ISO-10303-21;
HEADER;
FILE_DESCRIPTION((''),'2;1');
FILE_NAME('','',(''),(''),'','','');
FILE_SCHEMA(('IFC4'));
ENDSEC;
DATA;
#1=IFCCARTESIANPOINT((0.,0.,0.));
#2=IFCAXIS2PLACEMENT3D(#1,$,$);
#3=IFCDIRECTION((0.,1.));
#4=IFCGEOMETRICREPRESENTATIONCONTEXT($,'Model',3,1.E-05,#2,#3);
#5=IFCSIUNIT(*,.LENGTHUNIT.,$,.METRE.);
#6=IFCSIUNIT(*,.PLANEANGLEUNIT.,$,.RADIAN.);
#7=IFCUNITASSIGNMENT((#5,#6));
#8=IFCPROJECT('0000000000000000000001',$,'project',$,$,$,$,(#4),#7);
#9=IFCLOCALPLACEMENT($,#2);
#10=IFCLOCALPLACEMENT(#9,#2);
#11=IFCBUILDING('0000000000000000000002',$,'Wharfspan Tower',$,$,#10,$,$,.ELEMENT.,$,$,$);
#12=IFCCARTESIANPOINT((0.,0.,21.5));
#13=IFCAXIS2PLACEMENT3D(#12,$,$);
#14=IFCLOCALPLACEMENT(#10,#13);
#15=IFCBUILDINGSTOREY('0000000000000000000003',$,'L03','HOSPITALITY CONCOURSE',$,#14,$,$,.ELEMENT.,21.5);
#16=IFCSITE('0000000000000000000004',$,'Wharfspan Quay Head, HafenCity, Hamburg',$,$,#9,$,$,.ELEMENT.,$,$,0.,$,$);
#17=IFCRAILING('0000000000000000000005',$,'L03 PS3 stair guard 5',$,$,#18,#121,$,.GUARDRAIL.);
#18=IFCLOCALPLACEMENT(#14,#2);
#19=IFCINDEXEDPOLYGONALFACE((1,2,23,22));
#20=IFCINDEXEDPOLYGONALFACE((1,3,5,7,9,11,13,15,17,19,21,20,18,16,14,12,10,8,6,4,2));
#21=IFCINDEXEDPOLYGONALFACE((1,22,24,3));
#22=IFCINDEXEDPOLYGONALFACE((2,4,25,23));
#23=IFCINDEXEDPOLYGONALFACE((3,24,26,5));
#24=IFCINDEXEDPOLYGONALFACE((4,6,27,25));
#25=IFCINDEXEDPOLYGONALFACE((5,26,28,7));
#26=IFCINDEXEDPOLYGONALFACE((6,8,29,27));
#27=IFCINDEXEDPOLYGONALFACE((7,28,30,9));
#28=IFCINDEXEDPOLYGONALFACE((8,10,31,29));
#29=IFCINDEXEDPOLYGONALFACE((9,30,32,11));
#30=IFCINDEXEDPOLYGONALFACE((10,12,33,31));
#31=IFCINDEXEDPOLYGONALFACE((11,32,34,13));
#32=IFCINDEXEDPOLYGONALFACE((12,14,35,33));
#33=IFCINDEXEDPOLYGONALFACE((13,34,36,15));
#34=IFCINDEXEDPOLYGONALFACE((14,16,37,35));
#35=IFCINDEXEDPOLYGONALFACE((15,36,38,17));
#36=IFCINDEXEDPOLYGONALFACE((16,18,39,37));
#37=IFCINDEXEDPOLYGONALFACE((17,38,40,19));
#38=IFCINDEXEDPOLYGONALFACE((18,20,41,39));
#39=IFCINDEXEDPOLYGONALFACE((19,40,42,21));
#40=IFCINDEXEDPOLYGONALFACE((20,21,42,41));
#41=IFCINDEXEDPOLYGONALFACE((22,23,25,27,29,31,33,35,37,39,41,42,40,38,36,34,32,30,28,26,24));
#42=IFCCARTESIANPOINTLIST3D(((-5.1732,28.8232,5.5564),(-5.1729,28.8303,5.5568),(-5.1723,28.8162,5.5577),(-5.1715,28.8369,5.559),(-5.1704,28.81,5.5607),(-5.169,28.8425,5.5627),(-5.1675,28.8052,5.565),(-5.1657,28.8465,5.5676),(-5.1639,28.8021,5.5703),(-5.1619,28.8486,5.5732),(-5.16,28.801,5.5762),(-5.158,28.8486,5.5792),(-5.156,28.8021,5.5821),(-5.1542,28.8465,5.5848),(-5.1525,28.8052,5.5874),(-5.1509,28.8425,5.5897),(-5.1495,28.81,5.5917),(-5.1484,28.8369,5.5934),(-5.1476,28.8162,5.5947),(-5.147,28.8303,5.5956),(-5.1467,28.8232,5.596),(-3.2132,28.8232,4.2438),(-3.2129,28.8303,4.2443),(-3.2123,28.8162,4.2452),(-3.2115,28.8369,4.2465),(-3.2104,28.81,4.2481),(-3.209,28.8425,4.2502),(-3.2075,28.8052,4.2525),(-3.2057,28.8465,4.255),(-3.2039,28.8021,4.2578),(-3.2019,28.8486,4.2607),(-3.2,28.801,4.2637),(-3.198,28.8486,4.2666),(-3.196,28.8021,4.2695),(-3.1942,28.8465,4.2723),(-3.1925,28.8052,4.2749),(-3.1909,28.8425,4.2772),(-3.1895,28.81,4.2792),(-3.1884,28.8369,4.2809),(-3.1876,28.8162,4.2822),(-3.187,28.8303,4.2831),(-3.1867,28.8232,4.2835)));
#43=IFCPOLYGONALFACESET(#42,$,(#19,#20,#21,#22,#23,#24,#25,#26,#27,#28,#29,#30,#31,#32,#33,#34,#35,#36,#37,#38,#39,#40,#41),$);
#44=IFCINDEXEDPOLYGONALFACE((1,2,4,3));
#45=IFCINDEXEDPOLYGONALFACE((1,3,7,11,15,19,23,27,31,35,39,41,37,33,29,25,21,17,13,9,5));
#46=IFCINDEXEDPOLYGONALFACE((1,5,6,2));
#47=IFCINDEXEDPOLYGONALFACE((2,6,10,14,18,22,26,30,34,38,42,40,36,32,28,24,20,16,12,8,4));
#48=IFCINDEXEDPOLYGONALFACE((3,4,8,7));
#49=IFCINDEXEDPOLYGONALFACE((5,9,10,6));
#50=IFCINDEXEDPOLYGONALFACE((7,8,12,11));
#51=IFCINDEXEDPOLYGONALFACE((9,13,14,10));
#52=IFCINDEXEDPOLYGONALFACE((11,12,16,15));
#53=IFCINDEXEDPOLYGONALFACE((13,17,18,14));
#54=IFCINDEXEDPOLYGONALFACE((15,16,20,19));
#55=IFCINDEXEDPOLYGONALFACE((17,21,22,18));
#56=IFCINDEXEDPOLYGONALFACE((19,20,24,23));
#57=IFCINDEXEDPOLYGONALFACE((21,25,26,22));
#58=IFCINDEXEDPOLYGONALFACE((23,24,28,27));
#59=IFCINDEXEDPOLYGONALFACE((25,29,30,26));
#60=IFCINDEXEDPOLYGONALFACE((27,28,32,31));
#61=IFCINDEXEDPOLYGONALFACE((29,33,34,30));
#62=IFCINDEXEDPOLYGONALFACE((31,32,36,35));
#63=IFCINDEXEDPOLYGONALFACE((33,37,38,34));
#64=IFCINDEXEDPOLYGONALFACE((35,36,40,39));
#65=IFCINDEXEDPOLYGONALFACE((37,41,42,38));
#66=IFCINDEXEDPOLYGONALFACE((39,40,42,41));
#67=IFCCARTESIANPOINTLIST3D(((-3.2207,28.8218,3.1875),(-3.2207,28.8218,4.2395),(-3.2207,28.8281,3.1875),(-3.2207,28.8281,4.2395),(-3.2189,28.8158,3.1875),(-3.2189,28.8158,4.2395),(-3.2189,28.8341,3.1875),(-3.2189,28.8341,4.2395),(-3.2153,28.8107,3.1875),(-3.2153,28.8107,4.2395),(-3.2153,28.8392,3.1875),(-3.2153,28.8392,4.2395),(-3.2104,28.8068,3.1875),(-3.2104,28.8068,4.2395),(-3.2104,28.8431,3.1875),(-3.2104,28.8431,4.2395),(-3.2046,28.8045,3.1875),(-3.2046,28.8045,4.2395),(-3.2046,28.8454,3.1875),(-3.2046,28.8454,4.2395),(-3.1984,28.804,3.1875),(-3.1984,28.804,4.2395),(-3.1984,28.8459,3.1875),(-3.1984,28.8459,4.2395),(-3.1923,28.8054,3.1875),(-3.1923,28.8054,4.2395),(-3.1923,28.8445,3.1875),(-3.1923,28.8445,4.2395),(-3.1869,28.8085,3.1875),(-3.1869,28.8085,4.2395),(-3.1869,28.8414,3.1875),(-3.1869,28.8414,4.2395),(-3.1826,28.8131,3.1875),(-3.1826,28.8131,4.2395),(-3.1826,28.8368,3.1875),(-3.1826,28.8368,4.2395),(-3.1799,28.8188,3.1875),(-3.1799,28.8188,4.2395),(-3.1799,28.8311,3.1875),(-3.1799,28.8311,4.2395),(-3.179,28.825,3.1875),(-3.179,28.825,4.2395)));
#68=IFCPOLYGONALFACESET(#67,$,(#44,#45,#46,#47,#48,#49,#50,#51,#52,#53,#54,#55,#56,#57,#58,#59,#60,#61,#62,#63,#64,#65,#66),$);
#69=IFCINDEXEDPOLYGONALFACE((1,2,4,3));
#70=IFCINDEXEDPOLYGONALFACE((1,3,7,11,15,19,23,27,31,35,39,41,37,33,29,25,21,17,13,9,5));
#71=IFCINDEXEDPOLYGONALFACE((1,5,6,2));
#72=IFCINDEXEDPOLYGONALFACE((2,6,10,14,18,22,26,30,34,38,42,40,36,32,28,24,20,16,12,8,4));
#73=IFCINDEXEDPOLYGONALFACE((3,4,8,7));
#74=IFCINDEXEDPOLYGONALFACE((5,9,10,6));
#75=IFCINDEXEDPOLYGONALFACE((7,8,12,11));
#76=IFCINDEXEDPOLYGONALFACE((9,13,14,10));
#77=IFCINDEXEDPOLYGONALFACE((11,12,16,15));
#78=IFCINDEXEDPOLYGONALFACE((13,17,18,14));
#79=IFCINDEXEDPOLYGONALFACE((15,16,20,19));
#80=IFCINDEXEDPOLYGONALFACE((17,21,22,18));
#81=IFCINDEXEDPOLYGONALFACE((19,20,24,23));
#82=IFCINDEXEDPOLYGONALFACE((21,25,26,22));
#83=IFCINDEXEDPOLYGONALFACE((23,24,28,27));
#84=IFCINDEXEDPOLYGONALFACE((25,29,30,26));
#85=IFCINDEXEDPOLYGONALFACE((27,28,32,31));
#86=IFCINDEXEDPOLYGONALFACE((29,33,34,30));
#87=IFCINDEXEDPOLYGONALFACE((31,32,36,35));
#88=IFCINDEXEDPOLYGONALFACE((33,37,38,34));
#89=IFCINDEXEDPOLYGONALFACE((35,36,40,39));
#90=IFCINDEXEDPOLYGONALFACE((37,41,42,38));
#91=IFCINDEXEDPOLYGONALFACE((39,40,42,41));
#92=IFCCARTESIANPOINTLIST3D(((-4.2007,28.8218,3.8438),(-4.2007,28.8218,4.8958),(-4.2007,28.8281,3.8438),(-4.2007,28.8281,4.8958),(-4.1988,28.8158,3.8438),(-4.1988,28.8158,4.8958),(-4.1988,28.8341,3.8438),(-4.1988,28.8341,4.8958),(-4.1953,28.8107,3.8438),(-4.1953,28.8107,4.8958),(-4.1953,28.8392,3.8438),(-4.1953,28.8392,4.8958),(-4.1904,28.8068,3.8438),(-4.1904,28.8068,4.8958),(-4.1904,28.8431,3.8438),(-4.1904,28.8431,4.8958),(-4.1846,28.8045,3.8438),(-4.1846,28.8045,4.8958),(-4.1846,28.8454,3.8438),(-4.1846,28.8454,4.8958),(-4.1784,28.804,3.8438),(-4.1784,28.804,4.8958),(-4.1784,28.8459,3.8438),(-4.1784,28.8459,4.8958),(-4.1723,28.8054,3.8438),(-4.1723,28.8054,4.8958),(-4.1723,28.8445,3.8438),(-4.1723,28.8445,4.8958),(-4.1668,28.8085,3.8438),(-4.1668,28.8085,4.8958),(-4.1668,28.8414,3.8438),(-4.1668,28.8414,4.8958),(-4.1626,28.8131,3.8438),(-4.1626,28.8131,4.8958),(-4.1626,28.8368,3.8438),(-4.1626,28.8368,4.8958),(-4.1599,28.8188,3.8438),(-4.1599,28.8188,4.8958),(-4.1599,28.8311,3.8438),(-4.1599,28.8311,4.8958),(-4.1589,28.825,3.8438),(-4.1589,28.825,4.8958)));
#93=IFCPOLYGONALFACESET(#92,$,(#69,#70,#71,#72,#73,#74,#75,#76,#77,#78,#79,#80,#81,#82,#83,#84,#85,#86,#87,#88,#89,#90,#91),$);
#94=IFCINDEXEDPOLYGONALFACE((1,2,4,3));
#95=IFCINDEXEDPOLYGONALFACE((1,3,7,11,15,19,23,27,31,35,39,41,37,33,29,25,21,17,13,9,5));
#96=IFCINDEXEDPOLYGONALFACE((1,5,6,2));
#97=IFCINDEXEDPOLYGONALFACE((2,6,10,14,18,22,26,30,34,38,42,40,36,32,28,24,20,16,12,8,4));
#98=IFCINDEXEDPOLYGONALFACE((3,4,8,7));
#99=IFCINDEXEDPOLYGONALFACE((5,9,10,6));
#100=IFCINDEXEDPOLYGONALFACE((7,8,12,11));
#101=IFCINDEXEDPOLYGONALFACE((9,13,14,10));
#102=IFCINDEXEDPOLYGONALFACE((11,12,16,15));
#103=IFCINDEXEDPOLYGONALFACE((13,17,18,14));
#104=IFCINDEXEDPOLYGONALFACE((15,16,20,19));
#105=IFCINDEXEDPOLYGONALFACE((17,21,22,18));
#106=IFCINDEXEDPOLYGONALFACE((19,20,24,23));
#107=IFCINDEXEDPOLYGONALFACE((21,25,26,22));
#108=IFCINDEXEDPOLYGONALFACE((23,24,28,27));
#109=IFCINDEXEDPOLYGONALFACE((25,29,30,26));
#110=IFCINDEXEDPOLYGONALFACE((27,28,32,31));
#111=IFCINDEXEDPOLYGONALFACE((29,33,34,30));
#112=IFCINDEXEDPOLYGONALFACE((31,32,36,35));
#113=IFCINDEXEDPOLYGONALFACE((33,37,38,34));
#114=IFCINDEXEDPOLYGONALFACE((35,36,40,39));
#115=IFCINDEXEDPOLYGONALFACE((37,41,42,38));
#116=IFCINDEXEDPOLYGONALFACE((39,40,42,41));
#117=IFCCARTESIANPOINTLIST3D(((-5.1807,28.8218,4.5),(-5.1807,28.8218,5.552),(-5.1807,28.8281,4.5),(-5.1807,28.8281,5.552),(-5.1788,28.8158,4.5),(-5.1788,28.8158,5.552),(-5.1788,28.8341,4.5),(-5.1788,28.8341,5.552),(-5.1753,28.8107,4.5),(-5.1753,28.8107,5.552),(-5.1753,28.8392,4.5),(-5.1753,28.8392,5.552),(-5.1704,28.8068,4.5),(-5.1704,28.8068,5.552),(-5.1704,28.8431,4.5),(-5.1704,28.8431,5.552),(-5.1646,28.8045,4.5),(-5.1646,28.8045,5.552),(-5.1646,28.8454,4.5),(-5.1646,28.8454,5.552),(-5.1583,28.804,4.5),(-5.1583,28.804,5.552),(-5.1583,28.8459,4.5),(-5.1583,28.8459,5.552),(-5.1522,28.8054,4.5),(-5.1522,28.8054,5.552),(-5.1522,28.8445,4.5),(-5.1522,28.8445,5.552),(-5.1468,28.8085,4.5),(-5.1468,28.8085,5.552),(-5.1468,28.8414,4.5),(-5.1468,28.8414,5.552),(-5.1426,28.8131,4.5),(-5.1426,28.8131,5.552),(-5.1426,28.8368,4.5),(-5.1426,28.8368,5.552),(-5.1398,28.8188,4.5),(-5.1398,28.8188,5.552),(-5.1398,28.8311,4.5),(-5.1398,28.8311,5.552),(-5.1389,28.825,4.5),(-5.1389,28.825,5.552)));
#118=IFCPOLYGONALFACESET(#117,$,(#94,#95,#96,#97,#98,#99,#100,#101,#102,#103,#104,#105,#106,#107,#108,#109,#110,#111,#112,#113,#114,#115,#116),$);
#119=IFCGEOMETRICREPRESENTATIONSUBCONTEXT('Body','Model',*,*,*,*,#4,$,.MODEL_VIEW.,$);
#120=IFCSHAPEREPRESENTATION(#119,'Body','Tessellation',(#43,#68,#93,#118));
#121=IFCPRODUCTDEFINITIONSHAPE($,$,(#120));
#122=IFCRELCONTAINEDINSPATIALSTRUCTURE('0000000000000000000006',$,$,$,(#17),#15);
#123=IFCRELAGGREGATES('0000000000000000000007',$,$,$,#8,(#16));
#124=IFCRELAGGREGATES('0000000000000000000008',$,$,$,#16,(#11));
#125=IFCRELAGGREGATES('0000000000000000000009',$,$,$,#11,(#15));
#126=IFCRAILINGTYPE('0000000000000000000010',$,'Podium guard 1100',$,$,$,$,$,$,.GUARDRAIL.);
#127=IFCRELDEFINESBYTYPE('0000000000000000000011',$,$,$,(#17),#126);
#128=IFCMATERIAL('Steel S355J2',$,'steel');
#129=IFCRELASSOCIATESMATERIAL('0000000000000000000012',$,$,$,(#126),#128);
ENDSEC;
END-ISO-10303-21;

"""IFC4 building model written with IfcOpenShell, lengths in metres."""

from ifc_helpers import new_model, si_unit, direction, frame, origin, origin_2d, place, context, subcontext, project, spatial, circle, extrude, material, type_object, element, save


model = new_model("IFC4")

# Units and contexts
model_context = context("Model", 3, precision=1e-05, world=origin(), true_north=direction((0.0, 1.0)))
body_context = subcontext(model_context, "Body", "Model", "MODEL_VIEW")
ifc_project = project(units=[si_unit("LENGTHUNIT", "METRE"), si_unit("PLANEANGLEUNIT", "RADIAN")], contexts=[model_context])

# Site, building, storey
site_placement = place(None, origin())
site = spatial("IfcSite", under=ifc_project, at=site_placement, Name="Wharfspan Quay Head, HafenCity, Hamburg", CompositionType="ELEMENT", RefElevation=0.0)
building_placement = place(site_placement, origin())
building = spatial("IfcBuilding", under=site, at=building_placement, Name="Wharfspan Tower", CompositionType="ELEMENT")
storey_placement = place(building_placement, frame((0.0, 0.0, 21.5)))
storey = spatial("IfcBuildingStorey", under=building, at=storey_placement, Name="L03", Description="HOSPITALITY CONCOURSE", CompositionType="ELEMENT", Elevation=21.5)

# Railing
ifc_material_1 = material(Name="Steel S355J2", Category="steel")
railing_type_1 = type_object("IfcRailingType", Name="Podium guard 1100", PredefinedType="GUARDRAIL", material=ifc_material_1)
railing_1_placement = place(storey_placement, frame((-3.2, 28.825, 3.1875)))
element("IfcRailing", 1, at=railing_1_placement, inside=storey, type_object=railing_type_1, Name="L03 PS3 stair guard 5", PredefinedType="GUARDRAIL", context=body_context, shape_type="SweptSolid", body=[
    extrude(circle(Radius=0.0239, at=origin_2d()), frame((0.0, 0.0, 1.0762), z_axis=(-0.830902, 0.0, 0.556419), x_axis=(0.0, -1.0, 0.0)), (0.0, 0.0, 1.0), 2.3589),
    extrude(circle(Radius=0.021, at=origin_2d()), origin(), (0.0, 0.0, 1.0), 1.052),
    extrude(circle(Radius=0.021, at=origin_2d()), frame((-0.98, 0.0, 0.6562)), (0.0, 0.0, 1.0), 1.052),
    extrude(circle(Radius=0.021, at=origin_2d()), frame((-1.96, 0.0, 1.3125)), (0.0, 0.0, 1.0), 1.052),
])

save(model, "model.ifc")
